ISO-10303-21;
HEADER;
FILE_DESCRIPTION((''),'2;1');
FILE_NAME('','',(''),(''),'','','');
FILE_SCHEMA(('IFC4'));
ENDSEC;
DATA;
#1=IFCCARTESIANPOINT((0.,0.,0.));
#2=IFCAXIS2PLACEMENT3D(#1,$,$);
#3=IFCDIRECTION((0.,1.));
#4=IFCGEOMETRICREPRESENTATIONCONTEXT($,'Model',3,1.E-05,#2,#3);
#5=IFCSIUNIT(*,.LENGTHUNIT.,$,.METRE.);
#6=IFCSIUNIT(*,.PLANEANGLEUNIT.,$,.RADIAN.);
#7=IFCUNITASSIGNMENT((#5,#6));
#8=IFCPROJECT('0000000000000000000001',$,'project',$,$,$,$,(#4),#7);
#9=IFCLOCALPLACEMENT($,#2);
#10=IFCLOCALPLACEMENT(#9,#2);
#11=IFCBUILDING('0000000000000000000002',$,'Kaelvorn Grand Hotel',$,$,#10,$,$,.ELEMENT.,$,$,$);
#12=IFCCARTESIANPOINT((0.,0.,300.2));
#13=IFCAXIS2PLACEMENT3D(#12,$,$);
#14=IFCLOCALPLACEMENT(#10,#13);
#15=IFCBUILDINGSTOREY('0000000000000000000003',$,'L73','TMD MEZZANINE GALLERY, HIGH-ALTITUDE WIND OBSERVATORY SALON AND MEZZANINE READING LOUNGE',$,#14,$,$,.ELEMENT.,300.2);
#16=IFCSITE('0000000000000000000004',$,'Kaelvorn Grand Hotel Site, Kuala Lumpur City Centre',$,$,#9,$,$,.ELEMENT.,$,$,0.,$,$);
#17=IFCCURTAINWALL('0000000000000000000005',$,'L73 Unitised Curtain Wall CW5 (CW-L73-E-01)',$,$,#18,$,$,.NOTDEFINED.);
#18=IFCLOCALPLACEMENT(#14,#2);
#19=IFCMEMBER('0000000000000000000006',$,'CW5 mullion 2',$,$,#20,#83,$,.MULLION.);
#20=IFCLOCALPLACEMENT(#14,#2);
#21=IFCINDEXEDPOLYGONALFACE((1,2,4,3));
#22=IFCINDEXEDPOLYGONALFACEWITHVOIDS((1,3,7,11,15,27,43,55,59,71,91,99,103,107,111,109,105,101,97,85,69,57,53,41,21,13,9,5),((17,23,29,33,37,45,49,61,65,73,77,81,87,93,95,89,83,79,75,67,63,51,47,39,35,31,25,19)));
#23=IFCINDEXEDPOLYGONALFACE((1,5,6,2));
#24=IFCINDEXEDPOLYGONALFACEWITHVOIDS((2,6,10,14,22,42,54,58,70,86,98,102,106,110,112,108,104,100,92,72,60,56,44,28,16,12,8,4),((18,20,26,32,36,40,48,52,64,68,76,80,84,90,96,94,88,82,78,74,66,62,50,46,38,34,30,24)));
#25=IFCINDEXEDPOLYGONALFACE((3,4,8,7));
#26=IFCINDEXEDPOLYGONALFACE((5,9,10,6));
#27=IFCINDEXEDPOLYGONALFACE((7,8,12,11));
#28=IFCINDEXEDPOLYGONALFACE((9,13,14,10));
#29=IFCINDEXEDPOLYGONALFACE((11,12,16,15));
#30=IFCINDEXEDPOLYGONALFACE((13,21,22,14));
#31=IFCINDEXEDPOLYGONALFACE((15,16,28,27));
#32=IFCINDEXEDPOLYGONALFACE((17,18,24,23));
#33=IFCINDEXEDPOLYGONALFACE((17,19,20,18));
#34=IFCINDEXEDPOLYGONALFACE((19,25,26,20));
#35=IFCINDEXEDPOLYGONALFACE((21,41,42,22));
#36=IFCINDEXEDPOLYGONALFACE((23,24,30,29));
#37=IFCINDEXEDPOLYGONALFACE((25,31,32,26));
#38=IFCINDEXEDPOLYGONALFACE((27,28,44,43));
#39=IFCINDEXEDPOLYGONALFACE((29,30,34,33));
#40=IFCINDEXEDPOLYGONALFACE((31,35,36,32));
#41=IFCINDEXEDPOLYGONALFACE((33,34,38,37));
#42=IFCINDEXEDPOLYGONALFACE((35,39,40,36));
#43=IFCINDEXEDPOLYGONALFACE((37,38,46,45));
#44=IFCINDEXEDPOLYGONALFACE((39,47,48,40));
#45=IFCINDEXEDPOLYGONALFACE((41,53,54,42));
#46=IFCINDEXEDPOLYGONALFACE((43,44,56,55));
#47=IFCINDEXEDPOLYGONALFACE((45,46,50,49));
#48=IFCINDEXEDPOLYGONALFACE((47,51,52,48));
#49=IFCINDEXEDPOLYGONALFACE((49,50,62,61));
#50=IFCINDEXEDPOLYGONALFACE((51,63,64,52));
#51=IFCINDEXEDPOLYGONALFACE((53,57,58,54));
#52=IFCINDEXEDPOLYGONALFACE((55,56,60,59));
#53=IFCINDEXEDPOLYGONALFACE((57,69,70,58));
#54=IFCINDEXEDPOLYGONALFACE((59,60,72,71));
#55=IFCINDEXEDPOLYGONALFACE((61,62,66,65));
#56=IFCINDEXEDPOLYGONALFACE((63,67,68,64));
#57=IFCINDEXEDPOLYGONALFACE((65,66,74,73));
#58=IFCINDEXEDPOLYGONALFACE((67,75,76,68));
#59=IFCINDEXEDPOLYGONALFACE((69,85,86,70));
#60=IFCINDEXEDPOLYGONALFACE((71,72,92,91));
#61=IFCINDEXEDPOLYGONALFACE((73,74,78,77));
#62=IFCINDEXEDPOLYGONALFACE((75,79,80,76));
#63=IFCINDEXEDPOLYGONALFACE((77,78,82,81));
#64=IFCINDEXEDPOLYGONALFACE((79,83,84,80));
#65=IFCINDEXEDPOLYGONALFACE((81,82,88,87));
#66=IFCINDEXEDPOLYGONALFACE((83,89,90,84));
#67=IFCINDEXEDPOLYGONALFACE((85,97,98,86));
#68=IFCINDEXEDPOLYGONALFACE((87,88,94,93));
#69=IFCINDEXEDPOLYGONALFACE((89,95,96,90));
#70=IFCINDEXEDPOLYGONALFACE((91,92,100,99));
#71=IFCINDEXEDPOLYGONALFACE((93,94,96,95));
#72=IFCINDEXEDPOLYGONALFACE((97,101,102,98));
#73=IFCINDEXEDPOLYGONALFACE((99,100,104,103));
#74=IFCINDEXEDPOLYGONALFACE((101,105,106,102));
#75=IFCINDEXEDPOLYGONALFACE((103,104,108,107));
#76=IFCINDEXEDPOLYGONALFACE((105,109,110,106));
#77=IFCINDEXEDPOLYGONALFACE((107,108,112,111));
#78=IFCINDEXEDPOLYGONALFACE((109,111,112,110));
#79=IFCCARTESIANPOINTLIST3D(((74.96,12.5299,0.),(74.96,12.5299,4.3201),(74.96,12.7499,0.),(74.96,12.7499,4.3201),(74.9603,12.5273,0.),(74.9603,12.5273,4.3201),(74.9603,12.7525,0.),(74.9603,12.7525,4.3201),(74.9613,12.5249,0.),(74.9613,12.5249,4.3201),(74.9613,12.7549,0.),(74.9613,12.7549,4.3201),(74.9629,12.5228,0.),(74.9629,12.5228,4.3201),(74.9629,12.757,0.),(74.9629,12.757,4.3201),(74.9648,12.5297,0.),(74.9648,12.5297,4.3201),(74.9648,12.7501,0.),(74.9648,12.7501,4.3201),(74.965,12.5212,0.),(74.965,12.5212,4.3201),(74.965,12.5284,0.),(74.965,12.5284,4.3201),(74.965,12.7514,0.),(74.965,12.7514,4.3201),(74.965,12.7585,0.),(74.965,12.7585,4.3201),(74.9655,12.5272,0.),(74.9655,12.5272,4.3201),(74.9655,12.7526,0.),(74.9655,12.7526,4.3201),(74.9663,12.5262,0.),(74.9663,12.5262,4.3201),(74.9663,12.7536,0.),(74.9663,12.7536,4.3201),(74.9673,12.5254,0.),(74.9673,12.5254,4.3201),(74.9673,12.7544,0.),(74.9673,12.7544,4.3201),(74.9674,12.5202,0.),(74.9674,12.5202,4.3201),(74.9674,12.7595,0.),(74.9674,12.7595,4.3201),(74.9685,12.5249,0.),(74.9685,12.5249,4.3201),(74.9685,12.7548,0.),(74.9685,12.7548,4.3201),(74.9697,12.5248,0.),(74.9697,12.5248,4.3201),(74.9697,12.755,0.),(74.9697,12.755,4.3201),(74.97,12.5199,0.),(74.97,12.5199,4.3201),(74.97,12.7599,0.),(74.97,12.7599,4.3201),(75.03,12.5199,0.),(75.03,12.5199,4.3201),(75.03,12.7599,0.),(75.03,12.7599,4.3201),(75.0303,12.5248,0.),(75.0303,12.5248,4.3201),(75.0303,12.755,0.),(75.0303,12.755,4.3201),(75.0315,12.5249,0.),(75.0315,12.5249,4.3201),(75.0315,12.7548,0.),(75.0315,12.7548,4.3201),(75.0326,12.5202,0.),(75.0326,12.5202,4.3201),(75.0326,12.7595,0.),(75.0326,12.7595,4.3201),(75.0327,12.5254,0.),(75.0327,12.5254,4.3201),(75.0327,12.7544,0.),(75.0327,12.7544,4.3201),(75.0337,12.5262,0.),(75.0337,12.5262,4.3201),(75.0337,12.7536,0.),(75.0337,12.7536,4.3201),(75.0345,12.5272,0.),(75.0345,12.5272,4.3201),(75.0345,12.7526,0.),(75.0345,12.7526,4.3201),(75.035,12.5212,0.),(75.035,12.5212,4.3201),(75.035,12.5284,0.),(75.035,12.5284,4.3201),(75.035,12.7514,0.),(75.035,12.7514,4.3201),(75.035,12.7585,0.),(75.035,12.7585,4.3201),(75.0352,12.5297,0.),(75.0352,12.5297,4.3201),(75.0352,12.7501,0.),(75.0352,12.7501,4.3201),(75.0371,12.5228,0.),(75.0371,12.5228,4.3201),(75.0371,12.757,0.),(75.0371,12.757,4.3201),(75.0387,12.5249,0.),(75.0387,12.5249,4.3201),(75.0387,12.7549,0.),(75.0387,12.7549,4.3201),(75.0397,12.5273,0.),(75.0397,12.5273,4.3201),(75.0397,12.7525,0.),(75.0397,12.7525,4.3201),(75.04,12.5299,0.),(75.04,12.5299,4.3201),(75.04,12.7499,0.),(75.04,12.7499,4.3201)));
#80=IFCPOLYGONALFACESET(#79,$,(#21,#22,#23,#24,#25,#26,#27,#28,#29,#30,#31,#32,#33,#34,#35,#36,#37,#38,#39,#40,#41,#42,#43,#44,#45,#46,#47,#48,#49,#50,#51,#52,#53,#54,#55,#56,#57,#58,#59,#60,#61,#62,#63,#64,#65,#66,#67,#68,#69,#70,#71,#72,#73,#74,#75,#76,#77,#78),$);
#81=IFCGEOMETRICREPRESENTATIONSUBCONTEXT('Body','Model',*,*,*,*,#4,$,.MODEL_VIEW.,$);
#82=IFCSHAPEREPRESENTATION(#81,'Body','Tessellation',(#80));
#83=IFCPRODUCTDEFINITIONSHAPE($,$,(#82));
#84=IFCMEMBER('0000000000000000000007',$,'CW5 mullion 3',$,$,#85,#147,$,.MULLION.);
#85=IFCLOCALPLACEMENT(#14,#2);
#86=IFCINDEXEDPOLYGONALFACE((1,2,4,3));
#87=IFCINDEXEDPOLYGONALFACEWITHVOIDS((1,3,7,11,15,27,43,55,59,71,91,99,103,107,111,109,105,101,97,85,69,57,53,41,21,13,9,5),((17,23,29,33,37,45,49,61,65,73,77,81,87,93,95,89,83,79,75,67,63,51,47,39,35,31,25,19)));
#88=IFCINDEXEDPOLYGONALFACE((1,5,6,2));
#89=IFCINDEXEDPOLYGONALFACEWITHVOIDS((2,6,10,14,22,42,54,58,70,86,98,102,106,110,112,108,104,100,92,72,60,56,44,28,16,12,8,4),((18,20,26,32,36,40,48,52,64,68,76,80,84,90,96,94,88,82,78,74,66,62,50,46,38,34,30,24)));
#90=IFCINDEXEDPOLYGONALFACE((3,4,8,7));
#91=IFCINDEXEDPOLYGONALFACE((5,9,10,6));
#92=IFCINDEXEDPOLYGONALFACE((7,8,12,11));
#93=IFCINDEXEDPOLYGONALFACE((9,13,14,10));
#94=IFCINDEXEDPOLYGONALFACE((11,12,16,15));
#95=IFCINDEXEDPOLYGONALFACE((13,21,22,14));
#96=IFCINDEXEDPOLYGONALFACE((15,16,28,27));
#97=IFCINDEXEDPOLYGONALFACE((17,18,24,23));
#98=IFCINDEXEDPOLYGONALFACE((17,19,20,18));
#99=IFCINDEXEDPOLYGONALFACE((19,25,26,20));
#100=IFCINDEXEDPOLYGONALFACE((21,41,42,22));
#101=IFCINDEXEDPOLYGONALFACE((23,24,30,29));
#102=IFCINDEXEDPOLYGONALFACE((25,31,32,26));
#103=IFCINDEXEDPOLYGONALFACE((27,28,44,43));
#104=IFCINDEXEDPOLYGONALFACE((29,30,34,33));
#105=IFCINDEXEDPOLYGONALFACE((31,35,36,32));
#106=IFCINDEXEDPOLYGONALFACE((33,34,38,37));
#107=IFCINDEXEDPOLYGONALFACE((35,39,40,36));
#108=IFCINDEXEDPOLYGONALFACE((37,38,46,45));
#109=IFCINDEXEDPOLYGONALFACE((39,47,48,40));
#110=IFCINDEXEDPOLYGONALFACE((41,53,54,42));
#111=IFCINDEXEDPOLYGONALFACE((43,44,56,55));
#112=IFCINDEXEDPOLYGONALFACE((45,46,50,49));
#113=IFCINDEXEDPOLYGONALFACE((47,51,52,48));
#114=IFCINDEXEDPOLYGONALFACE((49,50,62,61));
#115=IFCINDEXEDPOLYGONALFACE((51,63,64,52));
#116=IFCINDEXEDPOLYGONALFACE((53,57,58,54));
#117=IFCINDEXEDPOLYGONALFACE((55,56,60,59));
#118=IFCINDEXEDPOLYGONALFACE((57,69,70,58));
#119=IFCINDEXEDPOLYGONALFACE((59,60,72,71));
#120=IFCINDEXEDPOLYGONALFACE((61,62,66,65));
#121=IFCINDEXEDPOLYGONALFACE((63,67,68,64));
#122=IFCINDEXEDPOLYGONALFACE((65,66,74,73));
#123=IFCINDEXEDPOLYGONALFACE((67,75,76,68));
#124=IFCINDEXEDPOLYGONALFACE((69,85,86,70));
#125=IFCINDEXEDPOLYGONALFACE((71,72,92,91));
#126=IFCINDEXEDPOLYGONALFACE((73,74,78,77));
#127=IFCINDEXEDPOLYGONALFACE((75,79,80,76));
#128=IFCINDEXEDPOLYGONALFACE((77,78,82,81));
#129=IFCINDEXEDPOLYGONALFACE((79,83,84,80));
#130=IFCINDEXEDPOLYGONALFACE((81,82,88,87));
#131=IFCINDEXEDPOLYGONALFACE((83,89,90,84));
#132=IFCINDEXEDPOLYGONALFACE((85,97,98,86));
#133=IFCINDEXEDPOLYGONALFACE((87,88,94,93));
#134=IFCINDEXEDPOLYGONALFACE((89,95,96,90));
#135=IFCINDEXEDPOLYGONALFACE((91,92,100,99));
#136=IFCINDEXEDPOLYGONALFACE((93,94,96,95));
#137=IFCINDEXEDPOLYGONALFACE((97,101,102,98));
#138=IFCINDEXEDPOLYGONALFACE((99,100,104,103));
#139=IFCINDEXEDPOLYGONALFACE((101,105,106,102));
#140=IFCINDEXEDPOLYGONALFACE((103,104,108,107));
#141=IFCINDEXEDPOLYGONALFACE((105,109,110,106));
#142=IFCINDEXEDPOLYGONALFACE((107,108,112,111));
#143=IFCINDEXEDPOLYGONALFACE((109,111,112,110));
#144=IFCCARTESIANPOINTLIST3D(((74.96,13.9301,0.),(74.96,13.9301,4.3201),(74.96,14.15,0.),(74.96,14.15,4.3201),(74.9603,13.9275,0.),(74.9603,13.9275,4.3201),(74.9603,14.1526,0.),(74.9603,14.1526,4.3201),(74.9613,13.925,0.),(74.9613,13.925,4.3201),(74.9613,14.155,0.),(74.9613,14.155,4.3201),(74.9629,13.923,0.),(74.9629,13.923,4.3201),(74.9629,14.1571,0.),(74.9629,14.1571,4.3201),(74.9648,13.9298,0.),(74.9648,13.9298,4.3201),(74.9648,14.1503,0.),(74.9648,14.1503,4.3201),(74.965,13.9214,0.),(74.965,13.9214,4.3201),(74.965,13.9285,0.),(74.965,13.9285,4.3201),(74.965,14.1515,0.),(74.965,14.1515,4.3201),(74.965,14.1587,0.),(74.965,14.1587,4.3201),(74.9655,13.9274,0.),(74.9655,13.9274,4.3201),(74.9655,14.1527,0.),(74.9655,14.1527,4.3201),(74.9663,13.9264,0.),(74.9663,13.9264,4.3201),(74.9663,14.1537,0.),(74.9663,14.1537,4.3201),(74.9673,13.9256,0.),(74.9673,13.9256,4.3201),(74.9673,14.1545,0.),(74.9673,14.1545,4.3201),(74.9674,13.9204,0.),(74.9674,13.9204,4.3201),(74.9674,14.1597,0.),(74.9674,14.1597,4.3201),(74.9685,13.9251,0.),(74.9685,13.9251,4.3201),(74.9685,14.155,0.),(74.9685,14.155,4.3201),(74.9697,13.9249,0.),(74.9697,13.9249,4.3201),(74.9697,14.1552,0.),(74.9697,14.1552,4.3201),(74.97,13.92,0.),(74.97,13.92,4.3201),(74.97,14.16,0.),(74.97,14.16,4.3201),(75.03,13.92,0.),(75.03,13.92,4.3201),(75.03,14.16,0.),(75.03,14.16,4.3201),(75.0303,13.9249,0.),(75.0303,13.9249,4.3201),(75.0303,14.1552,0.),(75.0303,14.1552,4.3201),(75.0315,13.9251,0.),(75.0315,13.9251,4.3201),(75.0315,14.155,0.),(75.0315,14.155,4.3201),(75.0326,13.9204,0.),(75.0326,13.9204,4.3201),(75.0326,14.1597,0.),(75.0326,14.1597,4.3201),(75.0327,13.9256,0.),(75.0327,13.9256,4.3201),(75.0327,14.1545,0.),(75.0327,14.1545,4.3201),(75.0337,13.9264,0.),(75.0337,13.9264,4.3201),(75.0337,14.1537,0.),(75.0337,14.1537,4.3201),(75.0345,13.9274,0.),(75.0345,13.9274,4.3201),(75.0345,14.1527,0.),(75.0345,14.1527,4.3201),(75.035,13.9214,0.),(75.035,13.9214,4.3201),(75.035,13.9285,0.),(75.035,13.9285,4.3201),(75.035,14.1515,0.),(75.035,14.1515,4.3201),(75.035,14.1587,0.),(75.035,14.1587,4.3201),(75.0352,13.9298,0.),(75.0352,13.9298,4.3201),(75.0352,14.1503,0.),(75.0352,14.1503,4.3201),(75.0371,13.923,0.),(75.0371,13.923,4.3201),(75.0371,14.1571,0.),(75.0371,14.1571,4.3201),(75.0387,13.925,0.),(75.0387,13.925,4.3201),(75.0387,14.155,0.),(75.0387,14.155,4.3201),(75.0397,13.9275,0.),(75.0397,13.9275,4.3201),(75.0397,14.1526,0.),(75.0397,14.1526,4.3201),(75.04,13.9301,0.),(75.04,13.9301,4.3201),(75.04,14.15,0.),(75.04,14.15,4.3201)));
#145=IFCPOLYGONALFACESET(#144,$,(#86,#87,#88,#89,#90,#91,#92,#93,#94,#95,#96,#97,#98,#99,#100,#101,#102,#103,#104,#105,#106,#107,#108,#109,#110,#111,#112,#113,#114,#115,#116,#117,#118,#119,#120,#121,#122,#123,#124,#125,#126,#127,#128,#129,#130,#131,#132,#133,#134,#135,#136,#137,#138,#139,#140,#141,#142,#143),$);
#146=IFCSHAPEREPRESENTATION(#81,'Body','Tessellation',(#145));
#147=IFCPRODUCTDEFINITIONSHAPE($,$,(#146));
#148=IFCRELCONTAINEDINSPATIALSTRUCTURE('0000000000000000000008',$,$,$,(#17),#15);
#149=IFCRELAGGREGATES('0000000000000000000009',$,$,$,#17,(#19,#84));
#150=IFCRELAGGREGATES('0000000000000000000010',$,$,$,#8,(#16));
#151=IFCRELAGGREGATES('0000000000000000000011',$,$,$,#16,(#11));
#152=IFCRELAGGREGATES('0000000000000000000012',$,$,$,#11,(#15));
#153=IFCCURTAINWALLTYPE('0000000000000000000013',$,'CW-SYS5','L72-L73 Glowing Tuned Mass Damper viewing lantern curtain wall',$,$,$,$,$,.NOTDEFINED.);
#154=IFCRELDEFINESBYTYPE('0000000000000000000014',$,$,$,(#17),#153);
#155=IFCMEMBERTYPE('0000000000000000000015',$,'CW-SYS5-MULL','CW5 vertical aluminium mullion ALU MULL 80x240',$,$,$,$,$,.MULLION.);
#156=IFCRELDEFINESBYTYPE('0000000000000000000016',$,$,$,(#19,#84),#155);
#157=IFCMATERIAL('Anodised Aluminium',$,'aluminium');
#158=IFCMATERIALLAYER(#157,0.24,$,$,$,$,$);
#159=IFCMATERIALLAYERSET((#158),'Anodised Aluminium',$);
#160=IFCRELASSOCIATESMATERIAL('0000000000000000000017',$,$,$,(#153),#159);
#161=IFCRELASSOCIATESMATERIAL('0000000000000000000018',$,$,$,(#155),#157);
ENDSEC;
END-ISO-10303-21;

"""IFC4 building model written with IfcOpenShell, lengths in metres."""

from ifc_helpers import new_model, si_unit, direction, frame, origin, origin_2d, place, context, subcontext, project, spatial, hollow_rectangle, extrude, material, layer, layer_set, material_profile, profile_set, type_object, element, aggregate, save


model = new_model("IFC4")

# Units and contexts
model_context = context("Model", 3, precision=1e-05, world=origin(), true_north=direction((0.0, 1.0)))
body_context = subcontext(model_context, "Body", "Model", "MODEL_VIEW")
ifc_project = project(units=[si_unit("LENGTHUNIT", "METRE"), si_unit("PLANEANGLEUNIT", "RADIAN")], contexts=[model_context])

# Site, building, storey
site_placement = place(None, origin())
site = spatial("IfcSite", under=ifc_project, at=site_placement, Name="Kaelvorn Grand Hotel Site, Kuala Lumpur City Centre", CompositionType="ELEMENT", RefElevation=0.0)
building_placement = place(site_placement, origin())
building = spatial("IfcBuilding", under=site, at=building_placement, Name="Kaelvorn Grand Hotel", CompositionType="ELEMENT")
storey_placement = place(building_placement, frame((0.0, 0.0, 300.2)))
storey = spatial("IfcBuildingStorey", under=building, at=storey_placement, Name="L73", Description="TMD MEZZANINE GALLERY, HIGH-ALTITUDE WIND OBSERVATORY SALON AND MEZZANINE READING LOUNGE", CompositionType="ELEMENT", Elevation=300.2)

# Shared definitions
ifc_material_1 = material(Name="Anodised Aluminium", Category="aluminium")
ifc_layer_1 = layer(ifc_material_1, 0.24)
ifc_layer_set_1 = layer_set([ifc_layer_1], Name="Anodised Aluminium")
curtain_wall_type = type_object("IfcCurtainWallType", Name="CW-SYS5", Description="L72-L73 Glowing Tuned Mass Damper viewing lantern curtain wall", PredefinedType="NOTDEFINED", material=ifc_layer_set_1)
ifc_material_profile_1 = material_profile(ifc_material_1, hollow_rectangle(XDim=0.0801, YDim=0.24, WallThickness=0.0049, InnerFilletRadius=0.0049, OuterFilletRadius=0.01, at=origin_2d()), Name="ALU MULL 80x240")
ifc_profile_set_1 = profile_set([ifc_material_profile_1], Name="Anodised Aluminium")
member_type_1 = type_object("IfcMemberType", Name="CW-SYS5-MULL", Description="CW5 vertical aluminium mullion ALU MULL 80x240", PredefinedType="MULLION", material=ifc_profile_set_1)

# Curtain wall, members
curtain_wall_1_placement = place(storey_placement, origin())
curtain_wall_1 = element("IfcCurtainWall", 1, at=curtain_wall_1_placement, inside=storey, type_object=curtain_wall_type, Name="L73 Unitised Curtain Wall CW5 (CW-L73-E-01)", PredefinedType="NOTDEFINED")
member_1_placement = place(storey_placement, frame((75.0, 12.6399, 0.0), z_axis=(0.0, 0.0, 1.0), x_axis=(-1.0, 0.0, 0.0)))
member_1 = element("IfcMember", 2, at=member_1_placement, type_object=member_type_1, Name="CW5 mullion 2", PredefinedType="MULLION", context=body_context, shape_type="SweptSolid", body=[
    extrude(hollow_rectangle(XDim=0.0801, YDim=0.24, WallThickness=0.0049, InnerFilletRadius=0.0049, OuterFilletRadius=0.01, at=origin_2d()), origin(), (0.0, 0.0, 1.0), 4.3201),
])
member_2_placement = place(storey_placement, frame((75.0, 14.04, 0.0), z_axis=(0.0, 0.0, 1.0), x_axis=(-1.0, 0.0, 0.0)))
member_2 = element("IfcMember", 3, at=member_2_placement, type_object=member_type_1, Name="CW5 mullion 3", PredefinedType="MULLION", context=body_context, shape_type="SweptSolid", body=[
    extrude(hollow_rectangle(XDim=0.0801, YDim=0.24, WallThickness=0.0049, InnerFilletRadius=0.0049, OuterFilletRadius=0.01, at=origin_2d()), origin(), (0.0, 0.0, 1.0), 4.3201),
])
aggregate(curtain_wall_1, [member_1, member_2])

save(model, "model.ifc")
